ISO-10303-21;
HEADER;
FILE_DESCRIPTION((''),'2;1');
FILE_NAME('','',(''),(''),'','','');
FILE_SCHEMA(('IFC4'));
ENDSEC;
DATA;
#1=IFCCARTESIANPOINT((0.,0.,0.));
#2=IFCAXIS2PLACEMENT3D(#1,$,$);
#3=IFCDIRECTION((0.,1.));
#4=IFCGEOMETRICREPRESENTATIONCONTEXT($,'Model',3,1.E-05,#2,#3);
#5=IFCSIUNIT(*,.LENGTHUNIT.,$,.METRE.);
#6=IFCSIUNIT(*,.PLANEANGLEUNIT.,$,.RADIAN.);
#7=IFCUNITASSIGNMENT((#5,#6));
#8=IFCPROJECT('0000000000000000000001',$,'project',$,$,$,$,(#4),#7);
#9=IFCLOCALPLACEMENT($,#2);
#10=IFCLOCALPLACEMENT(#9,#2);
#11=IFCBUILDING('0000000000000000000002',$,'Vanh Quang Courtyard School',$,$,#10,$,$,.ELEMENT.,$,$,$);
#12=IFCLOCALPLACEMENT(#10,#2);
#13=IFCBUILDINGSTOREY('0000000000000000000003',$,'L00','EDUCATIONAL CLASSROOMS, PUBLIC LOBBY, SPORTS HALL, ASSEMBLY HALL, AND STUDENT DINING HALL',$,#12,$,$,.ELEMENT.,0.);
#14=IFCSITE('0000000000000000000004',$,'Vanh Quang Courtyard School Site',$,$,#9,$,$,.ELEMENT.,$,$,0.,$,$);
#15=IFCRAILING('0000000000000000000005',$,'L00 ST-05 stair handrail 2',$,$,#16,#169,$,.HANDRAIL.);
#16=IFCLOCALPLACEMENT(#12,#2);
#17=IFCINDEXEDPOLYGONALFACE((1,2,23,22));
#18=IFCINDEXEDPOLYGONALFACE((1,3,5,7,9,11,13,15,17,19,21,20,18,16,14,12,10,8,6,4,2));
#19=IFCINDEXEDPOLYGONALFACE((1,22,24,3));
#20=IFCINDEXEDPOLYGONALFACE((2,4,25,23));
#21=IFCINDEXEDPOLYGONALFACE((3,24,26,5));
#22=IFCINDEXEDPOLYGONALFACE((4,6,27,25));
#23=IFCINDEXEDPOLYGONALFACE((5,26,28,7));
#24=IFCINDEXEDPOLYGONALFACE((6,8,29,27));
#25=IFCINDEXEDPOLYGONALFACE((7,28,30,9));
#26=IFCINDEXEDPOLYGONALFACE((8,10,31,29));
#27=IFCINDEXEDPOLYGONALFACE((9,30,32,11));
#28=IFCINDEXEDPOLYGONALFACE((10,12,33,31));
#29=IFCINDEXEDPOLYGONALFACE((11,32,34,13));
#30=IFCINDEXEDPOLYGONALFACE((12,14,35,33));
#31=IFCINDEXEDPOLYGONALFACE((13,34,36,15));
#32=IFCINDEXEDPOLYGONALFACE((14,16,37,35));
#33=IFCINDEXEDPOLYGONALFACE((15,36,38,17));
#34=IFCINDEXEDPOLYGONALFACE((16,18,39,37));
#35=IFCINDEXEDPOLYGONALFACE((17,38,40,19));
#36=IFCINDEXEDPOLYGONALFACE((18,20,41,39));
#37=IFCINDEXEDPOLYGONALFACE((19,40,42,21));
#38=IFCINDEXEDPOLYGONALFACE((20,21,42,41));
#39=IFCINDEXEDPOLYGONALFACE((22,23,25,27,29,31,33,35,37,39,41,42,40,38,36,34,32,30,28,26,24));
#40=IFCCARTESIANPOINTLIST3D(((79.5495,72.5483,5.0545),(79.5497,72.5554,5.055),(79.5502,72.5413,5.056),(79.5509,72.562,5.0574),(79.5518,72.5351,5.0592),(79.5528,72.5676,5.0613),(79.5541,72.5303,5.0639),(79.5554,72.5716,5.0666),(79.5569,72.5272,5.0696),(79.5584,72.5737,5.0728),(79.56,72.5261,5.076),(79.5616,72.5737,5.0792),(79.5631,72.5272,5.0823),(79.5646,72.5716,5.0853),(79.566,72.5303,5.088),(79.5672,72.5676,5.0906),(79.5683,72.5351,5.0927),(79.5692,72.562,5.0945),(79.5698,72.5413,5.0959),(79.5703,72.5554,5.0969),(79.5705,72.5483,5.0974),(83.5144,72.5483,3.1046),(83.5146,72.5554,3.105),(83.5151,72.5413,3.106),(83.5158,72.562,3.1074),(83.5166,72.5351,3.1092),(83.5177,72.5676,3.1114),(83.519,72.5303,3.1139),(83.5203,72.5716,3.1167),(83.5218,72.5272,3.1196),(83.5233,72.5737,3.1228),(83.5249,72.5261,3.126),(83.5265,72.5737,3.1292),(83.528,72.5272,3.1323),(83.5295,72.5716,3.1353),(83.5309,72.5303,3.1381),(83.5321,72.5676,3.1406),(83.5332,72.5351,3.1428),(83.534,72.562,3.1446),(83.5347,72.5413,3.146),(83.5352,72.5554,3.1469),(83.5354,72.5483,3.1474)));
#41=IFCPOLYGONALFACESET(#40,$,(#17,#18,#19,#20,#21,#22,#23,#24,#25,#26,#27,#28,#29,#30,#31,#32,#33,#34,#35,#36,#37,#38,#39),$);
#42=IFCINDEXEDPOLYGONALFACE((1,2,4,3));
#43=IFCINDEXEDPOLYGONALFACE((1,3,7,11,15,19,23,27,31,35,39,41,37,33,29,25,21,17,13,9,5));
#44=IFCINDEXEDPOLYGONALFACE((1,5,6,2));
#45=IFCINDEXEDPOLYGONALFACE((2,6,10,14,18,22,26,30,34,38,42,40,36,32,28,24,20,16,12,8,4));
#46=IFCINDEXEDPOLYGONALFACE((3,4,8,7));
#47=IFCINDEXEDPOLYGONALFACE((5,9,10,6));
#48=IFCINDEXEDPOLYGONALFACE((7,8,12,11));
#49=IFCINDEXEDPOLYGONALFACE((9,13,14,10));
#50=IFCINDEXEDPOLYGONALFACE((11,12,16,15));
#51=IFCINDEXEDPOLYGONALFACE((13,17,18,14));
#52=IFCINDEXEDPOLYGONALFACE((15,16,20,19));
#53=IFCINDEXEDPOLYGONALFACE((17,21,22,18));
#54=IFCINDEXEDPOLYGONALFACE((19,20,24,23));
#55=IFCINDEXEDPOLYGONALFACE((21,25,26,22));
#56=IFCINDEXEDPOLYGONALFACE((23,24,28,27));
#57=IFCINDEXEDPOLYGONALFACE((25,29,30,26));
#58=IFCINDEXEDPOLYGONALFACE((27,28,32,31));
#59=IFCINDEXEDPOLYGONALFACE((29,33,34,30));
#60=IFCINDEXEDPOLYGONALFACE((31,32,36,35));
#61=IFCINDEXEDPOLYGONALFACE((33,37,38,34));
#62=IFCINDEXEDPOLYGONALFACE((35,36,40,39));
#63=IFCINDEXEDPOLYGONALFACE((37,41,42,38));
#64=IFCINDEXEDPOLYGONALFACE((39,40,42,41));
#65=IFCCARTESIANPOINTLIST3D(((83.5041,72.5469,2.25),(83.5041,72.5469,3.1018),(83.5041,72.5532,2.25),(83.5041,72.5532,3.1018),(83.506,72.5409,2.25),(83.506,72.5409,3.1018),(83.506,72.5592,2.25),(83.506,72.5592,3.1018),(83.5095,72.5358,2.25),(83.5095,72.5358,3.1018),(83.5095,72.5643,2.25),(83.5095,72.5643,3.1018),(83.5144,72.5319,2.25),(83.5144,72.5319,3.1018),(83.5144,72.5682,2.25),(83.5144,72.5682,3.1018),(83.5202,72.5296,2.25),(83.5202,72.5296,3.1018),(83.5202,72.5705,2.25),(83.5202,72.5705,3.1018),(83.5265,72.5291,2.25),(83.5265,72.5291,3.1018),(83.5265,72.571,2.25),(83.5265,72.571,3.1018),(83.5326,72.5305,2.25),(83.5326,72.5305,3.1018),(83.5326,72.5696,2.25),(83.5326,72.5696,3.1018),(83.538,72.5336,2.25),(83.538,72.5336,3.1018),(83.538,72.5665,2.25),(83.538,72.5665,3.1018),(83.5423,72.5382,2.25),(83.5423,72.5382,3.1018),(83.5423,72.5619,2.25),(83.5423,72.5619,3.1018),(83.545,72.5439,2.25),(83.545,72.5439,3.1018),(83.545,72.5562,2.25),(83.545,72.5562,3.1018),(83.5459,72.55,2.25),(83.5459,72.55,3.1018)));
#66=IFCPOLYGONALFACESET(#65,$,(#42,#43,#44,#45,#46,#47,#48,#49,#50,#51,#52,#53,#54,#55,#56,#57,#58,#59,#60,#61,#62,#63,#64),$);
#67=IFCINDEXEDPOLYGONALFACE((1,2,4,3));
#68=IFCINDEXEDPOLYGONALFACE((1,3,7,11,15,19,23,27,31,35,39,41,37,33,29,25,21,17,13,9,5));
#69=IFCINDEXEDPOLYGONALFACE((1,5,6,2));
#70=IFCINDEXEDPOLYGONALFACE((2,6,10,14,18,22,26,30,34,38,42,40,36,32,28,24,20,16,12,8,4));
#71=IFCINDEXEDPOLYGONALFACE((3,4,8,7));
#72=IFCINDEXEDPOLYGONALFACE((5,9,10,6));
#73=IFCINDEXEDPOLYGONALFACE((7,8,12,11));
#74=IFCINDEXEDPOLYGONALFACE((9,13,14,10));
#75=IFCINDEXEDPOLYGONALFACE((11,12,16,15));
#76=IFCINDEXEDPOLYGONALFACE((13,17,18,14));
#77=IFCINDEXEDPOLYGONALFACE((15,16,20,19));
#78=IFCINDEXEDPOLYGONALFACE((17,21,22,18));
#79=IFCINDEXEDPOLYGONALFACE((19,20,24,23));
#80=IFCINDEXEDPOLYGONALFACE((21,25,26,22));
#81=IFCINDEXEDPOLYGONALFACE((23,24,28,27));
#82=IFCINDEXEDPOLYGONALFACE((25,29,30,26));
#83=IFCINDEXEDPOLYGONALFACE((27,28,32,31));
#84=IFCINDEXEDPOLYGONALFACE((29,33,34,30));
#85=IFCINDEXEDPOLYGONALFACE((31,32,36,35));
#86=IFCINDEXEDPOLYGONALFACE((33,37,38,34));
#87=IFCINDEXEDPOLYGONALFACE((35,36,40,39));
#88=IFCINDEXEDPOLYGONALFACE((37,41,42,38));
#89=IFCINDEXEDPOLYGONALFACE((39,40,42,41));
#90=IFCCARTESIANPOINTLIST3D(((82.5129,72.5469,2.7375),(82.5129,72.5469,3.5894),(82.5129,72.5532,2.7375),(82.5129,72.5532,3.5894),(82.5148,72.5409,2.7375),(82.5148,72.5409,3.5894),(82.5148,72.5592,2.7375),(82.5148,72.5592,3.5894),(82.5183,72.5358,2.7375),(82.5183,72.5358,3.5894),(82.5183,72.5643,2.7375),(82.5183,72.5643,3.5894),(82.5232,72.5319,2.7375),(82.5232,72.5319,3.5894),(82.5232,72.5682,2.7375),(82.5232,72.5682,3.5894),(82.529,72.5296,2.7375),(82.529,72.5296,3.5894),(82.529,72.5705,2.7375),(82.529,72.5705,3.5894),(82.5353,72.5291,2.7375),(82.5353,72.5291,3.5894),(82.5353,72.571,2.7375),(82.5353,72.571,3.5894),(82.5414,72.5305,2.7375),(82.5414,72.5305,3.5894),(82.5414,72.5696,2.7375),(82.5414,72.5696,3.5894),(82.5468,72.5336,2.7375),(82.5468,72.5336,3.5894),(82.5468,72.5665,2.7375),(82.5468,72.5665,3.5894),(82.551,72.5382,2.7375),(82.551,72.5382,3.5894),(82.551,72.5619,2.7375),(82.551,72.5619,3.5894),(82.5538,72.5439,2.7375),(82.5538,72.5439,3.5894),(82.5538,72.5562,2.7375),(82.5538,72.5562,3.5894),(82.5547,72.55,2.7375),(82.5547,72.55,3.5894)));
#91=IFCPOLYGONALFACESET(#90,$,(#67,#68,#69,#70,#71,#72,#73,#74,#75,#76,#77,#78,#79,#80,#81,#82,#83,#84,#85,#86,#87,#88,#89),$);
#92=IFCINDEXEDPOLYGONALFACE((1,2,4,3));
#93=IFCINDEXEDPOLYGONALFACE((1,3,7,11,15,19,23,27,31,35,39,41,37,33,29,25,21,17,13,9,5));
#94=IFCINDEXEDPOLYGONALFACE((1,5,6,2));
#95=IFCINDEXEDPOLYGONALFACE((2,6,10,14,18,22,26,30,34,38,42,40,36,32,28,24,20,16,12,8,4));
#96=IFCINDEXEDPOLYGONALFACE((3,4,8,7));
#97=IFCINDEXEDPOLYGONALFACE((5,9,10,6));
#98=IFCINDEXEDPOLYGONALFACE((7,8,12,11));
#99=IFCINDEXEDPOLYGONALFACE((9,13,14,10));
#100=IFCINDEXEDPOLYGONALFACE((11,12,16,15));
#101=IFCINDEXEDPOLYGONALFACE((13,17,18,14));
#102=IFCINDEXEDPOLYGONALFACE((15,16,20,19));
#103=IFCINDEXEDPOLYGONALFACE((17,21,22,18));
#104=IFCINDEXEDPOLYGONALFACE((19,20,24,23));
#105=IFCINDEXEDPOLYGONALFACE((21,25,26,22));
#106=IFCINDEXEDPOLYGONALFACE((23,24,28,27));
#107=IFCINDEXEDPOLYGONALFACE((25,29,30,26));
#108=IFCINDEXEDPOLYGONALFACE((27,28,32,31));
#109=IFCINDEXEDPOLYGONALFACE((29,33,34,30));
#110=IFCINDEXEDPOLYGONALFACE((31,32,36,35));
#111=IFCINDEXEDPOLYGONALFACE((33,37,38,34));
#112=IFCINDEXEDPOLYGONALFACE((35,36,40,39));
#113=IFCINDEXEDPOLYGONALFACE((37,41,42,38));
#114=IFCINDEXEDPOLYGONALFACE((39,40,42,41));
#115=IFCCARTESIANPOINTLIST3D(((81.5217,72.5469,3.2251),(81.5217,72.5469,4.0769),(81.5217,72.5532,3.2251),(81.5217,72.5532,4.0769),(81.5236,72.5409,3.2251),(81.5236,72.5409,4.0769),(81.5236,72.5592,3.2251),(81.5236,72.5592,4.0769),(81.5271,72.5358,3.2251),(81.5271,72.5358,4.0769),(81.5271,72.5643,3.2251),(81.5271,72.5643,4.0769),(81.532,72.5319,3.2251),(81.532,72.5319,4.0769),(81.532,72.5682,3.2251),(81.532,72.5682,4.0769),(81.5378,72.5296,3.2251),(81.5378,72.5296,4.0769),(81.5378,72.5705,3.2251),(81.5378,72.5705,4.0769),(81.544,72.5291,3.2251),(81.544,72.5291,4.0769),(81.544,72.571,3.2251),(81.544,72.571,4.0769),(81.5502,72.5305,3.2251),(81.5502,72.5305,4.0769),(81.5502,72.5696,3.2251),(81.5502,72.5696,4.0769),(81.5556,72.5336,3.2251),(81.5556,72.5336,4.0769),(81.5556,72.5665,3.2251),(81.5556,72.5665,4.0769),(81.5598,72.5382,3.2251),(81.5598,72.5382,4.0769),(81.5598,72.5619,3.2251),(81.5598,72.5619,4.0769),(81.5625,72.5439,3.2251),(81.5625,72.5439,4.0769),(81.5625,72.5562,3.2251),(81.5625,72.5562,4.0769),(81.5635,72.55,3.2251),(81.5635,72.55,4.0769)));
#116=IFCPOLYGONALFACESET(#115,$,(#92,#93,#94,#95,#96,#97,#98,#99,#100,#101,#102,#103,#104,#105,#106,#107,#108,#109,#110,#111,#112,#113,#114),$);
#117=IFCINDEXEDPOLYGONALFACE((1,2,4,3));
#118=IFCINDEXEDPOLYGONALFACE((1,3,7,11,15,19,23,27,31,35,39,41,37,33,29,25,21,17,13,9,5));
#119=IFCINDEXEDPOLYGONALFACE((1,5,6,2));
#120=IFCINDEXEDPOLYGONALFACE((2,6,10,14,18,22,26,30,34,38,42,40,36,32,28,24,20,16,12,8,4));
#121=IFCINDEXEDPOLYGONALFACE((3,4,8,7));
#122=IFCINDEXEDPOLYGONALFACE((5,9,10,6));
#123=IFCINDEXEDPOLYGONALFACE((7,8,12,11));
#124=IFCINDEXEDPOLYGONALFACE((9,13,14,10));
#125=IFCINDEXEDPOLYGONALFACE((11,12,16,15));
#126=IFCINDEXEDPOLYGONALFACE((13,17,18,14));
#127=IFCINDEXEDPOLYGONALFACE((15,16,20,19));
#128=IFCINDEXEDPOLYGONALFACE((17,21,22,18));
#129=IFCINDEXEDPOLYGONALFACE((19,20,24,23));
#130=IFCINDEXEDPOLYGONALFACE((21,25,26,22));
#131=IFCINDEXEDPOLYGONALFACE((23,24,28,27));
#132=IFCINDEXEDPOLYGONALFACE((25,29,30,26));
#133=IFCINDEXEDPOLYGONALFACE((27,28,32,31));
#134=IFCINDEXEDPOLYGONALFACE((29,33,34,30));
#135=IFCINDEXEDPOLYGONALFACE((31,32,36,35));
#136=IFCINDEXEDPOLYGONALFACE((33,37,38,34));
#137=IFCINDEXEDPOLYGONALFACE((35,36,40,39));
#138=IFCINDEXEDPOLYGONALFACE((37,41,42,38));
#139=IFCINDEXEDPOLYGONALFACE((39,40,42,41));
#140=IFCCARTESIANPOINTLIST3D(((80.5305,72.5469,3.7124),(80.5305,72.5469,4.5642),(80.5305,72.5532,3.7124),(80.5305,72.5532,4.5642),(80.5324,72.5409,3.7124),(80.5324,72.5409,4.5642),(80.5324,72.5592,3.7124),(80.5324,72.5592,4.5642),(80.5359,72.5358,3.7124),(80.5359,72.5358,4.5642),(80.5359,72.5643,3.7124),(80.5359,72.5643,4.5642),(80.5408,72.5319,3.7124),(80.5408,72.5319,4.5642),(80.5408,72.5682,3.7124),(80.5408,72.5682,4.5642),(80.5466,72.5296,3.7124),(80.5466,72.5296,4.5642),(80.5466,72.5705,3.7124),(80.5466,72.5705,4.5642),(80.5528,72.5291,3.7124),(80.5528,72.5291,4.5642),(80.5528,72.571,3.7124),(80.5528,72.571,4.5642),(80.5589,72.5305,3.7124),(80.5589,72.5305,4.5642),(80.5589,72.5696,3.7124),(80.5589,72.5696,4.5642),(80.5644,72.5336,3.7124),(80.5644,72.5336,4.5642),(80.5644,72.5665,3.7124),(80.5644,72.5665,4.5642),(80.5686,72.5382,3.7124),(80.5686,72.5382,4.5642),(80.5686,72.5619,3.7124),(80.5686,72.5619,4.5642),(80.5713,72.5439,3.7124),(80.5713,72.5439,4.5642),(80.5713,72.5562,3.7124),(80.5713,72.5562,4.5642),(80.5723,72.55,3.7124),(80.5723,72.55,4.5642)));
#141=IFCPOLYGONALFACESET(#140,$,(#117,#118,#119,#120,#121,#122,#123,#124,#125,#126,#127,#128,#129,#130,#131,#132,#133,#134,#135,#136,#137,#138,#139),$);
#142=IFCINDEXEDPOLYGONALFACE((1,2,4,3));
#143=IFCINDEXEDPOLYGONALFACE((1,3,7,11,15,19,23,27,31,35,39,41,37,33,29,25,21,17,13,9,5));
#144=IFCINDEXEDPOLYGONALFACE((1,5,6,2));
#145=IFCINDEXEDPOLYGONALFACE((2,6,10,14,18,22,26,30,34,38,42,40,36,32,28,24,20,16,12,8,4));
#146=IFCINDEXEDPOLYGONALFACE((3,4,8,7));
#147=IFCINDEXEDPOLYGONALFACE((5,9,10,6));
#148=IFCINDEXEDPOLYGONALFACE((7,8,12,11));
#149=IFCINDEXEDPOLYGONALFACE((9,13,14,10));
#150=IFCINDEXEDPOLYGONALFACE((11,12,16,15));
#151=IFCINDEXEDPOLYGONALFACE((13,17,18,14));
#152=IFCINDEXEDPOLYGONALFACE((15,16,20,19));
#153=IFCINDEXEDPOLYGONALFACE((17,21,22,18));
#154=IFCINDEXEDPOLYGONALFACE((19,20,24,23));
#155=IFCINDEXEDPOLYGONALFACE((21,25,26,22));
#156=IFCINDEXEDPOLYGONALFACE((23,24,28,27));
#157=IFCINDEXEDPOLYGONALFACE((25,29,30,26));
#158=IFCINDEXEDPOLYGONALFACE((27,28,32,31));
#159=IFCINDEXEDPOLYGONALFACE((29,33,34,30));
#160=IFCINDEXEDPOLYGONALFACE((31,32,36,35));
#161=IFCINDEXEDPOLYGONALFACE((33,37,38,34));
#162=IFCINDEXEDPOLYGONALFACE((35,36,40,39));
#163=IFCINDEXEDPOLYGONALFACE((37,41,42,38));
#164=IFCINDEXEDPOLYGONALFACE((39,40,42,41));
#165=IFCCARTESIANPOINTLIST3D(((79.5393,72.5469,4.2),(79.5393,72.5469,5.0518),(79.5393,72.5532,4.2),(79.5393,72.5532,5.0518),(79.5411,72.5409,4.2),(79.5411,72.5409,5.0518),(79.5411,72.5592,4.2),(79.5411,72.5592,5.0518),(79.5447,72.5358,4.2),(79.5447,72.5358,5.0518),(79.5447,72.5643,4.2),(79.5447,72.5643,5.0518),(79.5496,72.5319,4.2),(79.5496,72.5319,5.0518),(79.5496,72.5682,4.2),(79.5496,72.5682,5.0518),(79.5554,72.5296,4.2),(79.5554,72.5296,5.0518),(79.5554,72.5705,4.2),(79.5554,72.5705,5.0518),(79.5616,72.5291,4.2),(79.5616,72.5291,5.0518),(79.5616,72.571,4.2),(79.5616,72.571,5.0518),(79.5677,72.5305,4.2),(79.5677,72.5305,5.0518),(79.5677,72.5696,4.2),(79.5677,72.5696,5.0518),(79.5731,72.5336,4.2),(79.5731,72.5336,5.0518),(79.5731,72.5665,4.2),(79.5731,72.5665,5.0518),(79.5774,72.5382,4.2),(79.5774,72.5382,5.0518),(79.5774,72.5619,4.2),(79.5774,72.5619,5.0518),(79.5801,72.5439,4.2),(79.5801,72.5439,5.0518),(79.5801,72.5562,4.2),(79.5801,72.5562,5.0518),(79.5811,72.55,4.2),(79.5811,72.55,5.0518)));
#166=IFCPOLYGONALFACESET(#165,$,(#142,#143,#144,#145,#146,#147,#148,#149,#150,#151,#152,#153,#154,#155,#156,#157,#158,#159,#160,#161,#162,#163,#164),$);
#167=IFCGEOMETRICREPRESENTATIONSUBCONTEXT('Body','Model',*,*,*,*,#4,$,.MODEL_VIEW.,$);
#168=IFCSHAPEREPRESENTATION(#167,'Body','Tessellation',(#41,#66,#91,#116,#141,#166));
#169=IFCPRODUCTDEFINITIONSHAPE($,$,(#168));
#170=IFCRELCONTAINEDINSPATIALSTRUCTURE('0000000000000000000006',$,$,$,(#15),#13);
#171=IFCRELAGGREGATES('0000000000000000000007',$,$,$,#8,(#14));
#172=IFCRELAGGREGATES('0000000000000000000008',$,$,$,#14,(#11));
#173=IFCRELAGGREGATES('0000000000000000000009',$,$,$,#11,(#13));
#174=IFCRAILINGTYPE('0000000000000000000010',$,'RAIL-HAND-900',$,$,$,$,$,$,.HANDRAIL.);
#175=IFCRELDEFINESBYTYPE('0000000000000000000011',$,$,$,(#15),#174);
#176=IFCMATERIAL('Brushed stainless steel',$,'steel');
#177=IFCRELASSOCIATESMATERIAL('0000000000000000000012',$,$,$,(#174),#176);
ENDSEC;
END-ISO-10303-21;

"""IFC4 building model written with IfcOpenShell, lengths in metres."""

from ifc_helpers import new_model, si_unit, direction, frame, origin, origin_2d, place, context, subcontext, project, spatial, circle, extrude, material, type_object, element, save


model = new_model("IFC4")

# Units and contexts
model_context = context("Model", 3, precision=1e-05, world=origin(), true_north=direction((0.0, 1.0)))
body_context = subcontext(model_context, "Body", "Model", "MODEL_VIEW")
ifc_project = project(units=[si_unit("LENGTHUNIT", "METRE"), si_unit("PLANEANGLEUNIT", "RADIAN")], contexts=[model_context])

# Site, building, storey
site_placement = place(None, origin())
site = spatial("IfcSite", under=ifc_project, at=site_placement, Name="Vanh Quang Courtyard School Site", CompositionType="ELEMENT", RefElevation=0.0)
building_placement = place(site_placement, origin())
building = spatial("IfcBuilding", under=site, at=building_placement, Name="Vanh Quang Courtyard School", CompositionType="ELEMENT")
storey_placement = place(building_placement, origin())
storey = spatial("IfcBuildingStorey", under=building, at=storey_placement, Name="L00", Description="EDUCATIONAL CLASSROOMS, PUBLIC LOBBY, SPORTS HALL, ASSEMBLY HALL, AND STUDENT DINING HALL", CompositionType="ELEMENT", Elevation=0.0)

# Railing
ifc_material_1 = material(Name="Brushed stainless steel", Category="steel")
railing_type_1 = type_object("IfcRailingType", Name="RAIL-HAND-900", PredefinedType="HANDRAIL", material=ifc_material_1)
railing_1_placement = place(storey_placement, frame((83.5249, 72.55, 2.25)))
element("IfcRailing", 1, at=railing_1_placement, inside=storey, type_object=railing_type_1, Name="L00 ST-05 stair handrail 2", PredefinedType="HANDRAIL", context=body_context, shape_type="SweptSolid", body=[
    extrude(circle(Radius=0.0239, at=origin_2d()), frame((0.0, 0.0, 0.876), z_axis=(-0.897347, 0.0, 0.441325), x_axis=(0.0, -1.0, 0.0)), (0.0, 0.0, 1.0), 4.4185),
    extrude(circle(Radius=0.021, at=origin_2d()), origin(), (0.0, 0.0, 1.0), 0.8518),
    extrude(circle(Radius=0.021, at=origin_2d()), frame((-0.9912, 0.0, 0.4875)), (0.0, 0.0, 1.0), 0.8518),
    extrude(circle(Radius=0.021, at=origin_2d()), frame((-1.9824, 0.0, 0.9751)), (0.0, 0.0, 1.0), 0.8518),
    extrude(circle(Radius=0.021, at=origin_2d()), frame((-2.9736, 0.0, 1.4624)), (0.0, 0.0, 1.0), 0.8518),
    extrude(circle(Radius=0.021, at=origin_2d()), frame((-3.9648, 0.0, 1.95)), (0.0, 0.0, 1.0), 0.8518),
])

save(model, "model.ifc")
